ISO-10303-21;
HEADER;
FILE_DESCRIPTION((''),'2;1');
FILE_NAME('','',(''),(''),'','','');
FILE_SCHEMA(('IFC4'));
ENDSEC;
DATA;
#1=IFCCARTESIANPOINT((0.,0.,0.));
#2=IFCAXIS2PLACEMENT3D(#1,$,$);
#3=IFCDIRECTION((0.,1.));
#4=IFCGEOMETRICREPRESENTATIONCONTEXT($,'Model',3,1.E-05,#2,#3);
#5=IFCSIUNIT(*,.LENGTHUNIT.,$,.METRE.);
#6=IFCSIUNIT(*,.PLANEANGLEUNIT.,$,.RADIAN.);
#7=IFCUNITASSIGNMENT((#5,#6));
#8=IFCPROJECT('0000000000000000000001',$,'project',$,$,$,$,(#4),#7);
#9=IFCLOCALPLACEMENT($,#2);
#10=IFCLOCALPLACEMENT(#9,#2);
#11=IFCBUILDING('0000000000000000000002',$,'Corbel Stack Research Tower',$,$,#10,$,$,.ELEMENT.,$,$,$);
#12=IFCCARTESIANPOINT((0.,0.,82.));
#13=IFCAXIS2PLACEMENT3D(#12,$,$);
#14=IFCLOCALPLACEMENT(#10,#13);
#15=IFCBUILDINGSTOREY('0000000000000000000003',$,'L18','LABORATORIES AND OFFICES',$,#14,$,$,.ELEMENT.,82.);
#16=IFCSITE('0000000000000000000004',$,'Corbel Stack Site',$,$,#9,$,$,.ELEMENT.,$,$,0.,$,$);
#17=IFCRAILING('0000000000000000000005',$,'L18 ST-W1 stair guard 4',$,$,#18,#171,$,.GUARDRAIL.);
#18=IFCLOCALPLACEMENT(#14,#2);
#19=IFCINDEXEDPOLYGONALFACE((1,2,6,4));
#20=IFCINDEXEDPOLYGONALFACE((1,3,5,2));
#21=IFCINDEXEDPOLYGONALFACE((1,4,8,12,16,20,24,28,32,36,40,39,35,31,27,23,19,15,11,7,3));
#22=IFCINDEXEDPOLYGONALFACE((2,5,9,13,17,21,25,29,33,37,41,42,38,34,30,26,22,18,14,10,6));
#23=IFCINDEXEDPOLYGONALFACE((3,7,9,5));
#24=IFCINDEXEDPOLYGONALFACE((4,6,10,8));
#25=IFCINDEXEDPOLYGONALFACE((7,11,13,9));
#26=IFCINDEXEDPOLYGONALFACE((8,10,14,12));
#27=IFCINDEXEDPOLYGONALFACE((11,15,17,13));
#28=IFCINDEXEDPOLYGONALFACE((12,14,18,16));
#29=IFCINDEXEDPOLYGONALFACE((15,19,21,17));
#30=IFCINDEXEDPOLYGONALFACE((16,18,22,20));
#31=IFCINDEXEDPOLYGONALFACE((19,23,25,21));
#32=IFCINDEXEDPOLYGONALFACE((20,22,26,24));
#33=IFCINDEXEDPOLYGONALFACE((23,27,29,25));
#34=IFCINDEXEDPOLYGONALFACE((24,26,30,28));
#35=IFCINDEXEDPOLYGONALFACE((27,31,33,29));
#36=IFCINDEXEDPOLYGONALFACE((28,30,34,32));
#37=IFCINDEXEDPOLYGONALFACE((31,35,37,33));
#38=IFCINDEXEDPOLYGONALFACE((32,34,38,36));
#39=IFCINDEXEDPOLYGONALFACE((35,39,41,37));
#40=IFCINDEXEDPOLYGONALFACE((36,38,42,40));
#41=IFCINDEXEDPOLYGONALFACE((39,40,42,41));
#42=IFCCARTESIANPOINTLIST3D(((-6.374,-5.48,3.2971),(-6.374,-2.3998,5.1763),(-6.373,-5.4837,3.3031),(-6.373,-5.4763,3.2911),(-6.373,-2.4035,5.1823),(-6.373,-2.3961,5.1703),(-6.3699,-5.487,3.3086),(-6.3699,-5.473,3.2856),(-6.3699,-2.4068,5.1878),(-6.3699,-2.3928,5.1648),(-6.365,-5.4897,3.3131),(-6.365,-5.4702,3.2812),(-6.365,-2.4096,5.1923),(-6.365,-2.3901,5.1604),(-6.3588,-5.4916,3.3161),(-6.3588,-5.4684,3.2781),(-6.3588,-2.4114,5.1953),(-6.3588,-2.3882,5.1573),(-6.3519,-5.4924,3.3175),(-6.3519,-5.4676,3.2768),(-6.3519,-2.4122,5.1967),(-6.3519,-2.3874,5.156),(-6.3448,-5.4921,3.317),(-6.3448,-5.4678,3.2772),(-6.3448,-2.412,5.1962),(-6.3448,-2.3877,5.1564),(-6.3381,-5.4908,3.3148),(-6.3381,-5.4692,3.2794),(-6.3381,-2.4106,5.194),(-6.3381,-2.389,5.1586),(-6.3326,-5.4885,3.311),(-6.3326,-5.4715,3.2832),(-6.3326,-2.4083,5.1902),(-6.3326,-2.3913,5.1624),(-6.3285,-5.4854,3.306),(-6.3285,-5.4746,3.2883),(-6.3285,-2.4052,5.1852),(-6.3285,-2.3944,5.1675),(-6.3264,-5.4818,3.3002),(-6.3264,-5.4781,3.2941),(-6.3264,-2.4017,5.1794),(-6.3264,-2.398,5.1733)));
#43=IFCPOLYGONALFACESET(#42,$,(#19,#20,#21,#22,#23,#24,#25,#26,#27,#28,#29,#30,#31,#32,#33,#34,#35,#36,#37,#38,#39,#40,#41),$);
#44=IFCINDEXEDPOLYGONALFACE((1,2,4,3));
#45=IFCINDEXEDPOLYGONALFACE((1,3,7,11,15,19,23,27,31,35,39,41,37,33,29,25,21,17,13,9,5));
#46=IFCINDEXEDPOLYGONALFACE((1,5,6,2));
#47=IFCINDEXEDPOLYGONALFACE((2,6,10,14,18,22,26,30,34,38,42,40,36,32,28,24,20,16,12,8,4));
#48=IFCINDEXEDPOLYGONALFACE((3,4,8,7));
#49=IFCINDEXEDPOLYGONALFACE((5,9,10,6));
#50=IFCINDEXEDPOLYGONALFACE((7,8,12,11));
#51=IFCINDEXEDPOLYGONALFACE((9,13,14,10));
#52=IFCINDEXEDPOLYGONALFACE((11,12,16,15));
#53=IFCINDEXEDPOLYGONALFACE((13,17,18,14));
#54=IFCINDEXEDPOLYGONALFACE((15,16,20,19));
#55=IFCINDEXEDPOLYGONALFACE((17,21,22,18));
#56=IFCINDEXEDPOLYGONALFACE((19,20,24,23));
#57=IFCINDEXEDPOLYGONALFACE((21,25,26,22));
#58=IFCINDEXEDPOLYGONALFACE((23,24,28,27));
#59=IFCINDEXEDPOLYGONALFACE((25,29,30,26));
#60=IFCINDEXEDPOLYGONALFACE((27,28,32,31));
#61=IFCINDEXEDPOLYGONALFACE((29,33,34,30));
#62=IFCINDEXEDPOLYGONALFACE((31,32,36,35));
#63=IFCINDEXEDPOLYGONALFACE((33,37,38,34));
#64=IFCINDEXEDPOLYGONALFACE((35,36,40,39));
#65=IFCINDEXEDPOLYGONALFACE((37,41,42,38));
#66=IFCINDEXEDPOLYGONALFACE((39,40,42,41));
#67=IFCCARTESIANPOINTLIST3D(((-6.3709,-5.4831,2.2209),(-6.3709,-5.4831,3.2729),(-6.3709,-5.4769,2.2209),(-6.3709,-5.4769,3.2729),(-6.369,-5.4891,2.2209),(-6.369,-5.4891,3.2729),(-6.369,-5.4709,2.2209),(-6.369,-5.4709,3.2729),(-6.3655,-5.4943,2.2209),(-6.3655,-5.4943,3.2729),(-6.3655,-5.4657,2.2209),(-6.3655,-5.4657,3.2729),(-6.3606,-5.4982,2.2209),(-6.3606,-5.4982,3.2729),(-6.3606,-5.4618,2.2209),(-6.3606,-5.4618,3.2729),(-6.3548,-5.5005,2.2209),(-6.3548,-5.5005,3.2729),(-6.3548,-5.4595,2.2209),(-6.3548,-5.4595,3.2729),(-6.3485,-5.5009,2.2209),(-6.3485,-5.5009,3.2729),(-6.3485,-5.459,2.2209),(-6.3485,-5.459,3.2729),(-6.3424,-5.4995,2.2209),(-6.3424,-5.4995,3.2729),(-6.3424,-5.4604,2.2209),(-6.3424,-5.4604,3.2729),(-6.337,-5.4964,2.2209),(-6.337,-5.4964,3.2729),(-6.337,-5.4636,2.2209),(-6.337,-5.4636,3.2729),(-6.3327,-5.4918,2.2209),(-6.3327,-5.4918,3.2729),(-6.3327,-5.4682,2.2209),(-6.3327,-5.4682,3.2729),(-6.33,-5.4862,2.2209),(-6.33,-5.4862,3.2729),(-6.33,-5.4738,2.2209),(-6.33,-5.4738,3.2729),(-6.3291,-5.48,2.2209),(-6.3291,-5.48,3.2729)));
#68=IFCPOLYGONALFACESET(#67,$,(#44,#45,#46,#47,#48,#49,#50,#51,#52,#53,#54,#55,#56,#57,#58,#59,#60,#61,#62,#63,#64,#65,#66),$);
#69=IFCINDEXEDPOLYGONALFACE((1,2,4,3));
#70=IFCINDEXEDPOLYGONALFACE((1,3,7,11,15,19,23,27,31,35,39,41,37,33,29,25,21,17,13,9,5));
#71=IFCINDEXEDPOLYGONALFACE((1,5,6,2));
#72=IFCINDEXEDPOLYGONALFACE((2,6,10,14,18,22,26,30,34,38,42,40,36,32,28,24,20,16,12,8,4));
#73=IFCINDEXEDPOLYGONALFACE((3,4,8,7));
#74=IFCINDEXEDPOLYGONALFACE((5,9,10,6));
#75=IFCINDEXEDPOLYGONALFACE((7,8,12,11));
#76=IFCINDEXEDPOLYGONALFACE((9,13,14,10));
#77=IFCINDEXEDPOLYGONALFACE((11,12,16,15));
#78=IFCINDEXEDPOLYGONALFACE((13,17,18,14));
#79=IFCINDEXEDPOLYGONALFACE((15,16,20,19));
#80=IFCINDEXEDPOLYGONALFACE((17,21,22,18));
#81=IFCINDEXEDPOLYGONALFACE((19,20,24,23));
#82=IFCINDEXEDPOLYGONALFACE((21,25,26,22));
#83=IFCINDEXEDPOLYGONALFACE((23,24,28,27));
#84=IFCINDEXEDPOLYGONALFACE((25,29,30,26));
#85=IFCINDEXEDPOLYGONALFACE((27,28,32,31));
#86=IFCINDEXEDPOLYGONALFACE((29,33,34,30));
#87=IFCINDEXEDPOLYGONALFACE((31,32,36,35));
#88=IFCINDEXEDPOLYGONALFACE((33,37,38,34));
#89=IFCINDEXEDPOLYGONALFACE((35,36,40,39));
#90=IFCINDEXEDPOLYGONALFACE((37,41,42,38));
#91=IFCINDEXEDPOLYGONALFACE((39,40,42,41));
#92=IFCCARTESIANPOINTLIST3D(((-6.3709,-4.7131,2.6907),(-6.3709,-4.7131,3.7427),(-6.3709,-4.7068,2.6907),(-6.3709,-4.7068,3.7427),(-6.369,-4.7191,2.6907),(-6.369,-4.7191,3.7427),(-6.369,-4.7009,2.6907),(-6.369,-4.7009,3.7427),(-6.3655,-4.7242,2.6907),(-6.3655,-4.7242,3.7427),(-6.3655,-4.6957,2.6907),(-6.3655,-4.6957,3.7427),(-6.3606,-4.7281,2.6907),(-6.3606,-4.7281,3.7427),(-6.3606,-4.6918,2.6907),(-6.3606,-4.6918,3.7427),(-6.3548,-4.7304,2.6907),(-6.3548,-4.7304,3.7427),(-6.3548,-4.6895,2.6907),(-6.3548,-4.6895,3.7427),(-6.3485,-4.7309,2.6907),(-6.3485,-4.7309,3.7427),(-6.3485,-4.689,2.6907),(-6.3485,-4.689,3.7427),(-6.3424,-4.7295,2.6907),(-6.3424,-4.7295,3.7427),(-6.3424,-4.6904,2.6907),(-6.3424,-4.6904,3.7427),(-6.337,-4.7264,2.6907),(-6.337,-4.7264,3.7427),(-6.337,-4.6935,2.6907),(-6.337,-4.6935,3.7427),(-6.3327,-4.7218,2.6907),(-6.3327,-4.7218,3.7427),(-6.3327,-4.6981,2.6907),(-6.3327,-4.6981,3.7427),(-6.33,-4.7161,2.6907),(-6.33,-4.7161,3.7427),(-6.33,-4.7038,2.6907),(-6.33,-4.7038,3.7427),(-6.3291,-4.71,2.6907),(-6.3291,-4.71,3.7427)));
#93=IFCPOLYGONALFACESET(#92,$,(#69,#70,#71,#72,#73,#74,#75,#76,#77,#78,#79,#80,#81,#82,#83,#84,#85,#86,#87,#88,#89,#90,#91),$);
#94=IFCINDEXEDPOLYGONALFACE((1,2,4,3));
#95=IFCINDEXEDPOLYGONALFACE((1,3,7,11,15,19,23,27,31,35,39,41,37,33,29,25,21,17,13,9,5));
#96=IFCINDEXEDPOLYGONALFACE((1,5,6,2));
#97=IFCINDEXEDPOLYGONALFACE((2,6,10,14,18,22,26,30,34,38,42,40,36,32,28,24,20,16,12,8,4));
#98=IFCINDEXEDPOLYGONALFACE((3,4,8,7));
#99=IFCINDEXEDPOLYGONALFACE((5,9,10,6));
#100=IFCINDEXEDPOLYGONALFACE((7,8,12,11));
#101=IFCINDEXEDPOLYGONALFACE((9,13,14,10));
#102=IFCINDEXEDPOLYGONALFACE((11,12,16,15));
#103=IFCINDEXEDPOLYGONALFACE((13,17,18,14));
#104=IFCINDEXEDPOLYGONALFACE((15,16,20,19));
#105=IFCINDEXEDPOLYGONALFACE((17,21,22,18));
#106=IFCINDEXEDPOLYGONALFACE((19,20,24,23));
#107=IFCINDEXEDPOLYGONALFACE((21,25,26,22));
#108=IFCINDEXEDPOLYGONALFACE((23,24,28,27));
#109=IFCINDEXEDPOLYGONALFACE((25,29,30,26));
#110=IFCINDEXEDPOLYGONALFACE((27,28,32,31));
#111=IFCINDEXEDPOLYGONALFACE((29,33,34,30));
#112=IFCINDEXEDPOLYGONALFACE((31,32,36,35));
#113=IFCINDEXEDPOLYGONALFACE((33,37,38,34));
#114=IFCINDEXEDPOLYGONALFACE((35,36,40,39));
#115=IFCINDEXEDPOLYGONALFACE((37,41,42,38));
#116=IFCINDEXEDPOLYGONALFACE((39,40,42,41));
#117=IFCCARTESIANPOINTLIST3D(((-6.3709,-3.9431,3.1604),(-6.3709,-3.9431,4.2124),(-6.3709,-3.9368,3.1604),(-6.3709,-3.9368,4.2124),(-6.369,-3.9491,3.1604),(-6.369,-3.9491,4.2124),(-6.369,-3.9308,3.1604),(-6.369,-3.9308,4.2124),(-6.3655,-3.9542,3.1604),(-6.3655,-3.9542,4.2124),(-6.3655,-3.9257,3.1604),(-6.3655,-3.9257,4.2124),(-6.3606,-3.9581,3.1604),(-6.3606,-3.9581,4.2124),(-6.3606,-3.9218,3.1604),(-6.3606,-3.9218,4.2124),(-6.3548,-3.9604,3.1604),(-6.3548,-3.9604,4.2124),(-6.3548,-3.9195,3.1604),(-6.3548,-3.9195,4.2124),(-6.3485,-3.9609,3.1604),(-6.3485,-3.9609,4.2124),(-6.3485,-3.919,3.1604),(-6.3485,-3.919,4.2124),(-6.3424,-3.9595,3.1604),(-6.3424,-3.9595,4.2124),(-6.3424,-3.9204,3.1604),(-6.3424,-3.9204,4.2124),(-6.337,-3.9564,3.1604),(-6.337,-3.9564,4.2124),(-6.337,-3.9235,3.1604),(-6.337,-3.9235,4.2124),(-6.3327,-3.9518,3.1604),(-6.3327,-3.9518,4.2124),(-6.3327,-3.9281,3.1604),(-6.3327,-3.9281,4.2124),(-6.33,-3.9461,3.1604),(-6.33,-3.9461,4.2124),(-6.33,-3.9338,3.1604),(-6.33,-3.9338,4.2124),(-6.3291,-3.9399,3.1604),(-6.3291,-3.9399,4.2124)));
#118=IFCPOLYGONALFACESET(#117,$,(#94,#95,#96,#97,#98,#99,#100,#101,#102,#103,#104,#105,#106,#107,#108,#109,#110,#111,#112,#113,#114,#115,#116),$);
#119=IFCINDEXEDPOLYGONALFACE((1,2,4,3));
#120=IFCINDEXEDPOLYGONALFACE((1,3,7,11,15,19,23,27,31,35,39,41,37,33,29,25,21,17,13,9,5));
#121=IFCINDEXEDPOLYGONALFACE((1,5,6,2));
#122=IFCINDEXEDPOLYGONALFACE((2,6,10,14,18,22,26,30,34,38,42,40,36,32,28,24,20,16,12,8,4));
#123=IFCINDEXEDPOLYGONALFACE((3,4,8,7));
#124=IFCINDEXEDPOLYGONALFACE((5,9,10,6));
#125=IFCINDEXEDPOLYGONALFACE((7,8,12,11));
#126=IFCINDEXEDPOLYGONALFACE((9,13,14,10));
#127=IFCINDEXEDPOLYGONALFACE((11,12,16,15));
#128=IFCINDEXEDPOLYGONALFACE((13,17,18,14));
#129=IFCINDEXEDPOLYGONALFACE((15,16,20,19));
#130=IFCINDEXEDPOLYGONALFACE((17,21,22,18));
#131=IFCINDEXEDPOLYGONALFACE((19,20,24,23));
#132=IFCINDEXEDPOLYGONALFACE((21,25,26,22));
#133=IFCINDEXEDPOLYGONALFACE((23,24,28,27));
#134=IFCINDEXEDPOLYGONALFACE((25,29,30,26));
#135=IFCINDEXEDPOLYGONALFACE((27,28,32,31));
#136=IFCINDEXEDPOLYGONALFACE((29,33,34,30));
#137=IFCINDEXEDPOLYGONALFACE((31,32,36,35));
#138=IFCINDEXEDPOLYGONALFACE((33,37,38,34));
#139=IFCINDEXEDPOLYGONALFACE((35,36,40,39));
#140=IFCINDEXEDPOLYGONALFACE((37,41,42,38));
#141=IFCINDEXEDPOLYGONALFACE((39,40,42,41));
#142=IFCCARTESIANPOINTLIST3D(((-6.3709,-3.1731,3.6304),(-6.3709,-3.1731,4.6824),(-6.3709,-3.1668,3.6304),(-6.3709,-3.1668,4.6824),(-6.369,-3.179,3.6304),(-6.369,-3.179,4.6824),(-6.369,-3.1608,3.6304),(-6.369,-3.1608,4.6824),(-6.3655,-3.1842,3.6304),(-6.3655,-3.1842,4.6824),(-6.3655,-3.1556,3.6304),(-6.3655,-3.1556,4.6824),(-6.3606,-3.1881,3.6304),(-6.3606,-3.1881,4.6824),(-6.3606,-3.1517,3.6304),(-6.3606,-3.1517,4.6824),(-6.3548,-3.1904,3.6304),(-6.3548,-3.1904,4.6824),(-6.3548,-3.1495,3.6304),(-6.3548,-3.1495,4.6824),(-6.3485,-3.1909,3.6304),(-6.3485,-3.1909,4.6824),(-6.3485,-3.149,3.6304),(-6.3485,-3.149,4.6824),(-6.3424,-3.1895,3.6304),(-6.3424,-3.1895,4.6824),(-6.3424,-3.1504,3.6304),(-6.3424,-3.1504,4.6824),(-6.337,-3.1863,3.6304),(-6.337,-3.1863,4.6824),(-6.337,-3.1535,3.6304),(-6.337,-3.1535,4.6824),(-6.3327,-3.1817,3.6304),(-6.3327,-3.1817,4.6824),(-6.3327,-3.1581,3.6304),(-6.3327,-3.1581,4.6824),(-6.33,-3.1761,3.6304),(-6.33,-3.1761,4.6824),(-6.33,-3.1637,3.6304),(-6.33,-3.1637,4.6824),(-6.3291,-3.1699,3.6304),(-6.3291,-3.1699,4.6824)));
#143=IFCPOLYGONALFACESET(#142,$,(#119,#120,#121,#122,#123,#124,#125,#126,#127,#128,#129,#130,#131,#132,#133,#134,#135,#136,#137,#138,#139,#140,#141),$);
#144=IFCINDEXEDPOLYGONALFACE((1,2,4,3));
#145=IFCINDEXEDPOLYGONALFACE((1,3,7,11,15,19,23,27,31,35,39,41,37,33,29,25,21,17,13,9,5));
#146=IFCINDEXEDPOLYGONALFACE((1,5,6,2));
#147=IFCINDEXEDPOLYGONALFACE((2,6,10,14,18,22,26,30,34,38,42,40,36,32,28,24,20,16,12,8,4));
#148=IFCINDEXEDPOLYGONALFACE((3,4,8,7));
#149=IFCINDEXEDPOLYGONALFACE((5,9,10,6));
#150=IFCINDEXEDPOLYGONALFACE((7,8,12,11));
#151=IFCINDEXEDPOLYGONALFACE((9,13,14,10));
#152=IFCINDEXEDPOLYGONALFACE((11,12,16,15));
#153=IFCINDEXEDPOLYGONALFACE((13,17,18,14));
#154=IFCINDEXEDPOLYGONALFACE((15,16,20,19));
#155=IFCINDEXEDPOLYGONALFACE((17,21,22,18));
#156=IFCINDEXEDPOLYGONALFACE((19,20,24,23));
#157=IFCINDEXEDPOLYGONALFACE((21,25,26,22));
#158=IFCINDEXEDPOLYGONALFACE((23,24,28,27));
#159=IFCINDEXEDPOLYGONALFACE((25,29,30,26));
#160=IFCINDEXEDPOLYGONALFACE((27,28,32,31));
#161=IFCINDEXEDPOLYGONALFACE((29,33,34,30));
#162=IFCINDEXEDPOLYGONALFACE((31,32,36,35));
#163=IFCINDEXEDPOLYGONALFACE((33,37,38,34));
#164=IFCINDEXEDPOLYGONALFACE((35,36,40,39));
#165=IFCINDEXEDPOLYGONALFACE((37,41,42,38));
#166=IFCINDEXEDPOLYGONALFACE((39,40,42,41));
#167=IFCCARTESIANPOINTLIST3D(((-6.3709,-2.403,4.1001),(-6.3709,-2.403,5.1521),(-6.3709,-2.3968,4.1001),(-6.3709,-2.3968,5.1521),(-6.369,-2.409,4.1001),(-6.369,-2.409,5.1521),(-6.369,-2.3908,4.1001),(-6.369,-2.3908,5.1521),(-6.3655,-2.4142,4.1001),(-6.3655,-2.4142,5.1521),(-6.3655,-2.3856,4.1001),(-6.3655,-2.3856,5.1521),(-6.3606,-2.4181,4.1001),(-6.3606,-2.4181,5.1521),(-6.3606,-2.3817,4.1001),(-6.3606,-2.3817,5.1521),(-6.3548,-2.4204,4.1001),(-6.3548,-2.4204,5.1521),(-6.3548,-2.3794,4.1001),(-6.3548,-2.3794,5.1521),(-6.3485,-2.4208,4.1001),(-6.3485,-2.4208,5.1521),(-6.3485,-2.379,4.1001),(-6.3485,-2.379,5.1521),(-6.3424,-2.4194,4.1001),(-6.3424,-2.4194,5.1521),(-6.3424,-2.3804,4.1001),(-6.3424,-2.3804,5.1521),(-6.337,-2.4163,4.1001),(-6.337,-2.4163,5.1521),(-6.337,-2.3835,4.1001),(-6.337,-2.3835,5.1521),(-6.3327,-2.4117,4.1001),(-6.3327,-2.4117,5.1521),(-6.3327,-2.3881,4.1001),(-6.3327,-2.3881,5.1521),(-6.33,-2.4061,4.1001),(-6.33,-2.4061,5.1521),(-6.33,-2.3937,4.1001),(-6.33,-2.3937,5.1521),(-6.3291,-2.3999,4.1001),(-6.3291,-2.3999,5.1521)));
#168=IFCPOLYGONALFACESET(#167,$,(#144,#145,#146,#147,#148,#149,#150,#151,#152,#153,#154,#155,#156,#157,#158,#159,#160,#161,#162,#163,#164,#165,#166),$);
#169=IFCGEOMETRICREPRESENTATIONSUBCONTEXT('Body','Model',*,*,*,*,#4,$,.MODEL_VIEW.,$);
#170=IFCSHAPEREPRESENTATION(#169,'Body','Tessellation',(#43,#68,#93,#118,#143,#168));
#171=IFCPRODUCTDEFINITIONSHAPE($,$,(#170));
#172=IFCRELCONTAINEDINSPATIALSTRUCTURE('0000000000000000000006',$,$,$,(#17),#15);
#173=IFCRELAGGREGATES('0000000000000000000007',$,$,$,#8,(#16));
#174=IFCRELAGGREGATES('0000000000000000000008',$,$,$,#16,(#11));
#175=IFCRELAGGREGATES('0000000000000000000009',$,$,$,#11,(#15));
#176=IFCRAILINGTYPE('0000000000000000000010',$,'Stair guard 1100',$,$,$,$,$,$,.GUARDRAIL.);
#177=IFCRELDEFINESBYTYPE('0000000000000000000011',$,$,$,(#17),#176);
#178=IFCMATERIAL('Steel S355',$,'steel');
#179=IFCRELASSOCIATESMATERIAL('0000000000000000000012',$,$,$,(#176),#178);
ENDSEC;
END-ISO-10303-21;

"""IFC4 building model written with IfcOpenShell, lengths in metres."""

from ifc_helpers import new_model, si_unit, direction, frame, origin, origin_2d, place, context, subcontext, project, spatial, circle, extrude, material, type_object, element, save


model = new_model("IFC4")

# Units and contexts
model_context = context("Model", 3, precision=1e-05, world=origin(), true_north=direction((0.0, 1.0)))
body_context = subcontext(model_context, "Body", "Model", "MODEL_VIEW")
ifc_project = project(units=[si_unit("LENGTHUNIT", "METRE"), si_unit("PLANEANGLEUNIT", "RADIAN")], contexts=[model_context])

# Site, building, storey
site_placement = place(None, origin())
site = spatial("IfcSite", under=ifc_project, at=site_placement, Name="Corbel Stack Site", CompositionType="ELEMENT", RefElevation=0.0)
building_placement = place(site_placement, origin())
building = spatial("IfcBuilding", under=site, at=building_placement, Name="Corbel Stack Research Tower", CompositionType="ELEMENT")
storey_placement = place(building_placement, frame((0.0, 0.0, 82.0)))
storey = spatial("IfcBuildingStorey", under=building, at=storey_placement, Name="L18", Description="LABORATORIES AND OFFICES", CompositionType="ELEMENT", Elevation=82.0)

# Railing
ifc_material_1 = material(Name="Steel S355", Category="steel")
railing_type_1 = type_object("IfcRailingType", Name="Stair guard 1100", PredefinedType="GUARDRAIL", material=ifc_material_1)
railing_1_placement = place(storey_placement, frame((-6.3501, -5.48, 2.2209)))
element("IfcRailing", 1, at=railing_1_placement, inside=storey, type_object=railing_type_1, Name="L18 ST-W1 stair guard 4", PredefinedType="GUARDRAIL", context=body_context, shape_type="SweptSolid", body=[
    extrude(circle(Radius=0.0239, at=origin_2d()), frame((0.0, 0.0, 1.0762), z_axis=(0.0, 0.853666, 0.52082), x_axis=(-1.0, 0.0, 0.0)), (0.0, 0.0, 1.0), 3.6082),
    extrude(circle(Radius=0.021, at=origin_2d()), origin(), (0.0, 0.0, 1.0), 1.052),
    extrude(circle(Radius=0.021, at=origin_2d()), frame((0.0, 0.77, 0.4697)), (0.0, 0.0, 1.0), 1.052),
    extrude(circle(Radius=0.021, at=origin_2d()), frame((0.0, 1.54, 0.9395)), (0.0, 0.0, 1.0), 1.052),
    extrude(circle(Radius=0.021, at=origin_2d()), frame((0.0, 2.3101, 1.4094)), (0.0, 0.0, 1.0), 1.052),
    extrude(circle(Radius=0.021, at=origin_2d()), frame((0.0, 3.0801, 1.8792)), (0.0, 0.0, 1.0), 1.052),
])

save(model, "model.ifc")
